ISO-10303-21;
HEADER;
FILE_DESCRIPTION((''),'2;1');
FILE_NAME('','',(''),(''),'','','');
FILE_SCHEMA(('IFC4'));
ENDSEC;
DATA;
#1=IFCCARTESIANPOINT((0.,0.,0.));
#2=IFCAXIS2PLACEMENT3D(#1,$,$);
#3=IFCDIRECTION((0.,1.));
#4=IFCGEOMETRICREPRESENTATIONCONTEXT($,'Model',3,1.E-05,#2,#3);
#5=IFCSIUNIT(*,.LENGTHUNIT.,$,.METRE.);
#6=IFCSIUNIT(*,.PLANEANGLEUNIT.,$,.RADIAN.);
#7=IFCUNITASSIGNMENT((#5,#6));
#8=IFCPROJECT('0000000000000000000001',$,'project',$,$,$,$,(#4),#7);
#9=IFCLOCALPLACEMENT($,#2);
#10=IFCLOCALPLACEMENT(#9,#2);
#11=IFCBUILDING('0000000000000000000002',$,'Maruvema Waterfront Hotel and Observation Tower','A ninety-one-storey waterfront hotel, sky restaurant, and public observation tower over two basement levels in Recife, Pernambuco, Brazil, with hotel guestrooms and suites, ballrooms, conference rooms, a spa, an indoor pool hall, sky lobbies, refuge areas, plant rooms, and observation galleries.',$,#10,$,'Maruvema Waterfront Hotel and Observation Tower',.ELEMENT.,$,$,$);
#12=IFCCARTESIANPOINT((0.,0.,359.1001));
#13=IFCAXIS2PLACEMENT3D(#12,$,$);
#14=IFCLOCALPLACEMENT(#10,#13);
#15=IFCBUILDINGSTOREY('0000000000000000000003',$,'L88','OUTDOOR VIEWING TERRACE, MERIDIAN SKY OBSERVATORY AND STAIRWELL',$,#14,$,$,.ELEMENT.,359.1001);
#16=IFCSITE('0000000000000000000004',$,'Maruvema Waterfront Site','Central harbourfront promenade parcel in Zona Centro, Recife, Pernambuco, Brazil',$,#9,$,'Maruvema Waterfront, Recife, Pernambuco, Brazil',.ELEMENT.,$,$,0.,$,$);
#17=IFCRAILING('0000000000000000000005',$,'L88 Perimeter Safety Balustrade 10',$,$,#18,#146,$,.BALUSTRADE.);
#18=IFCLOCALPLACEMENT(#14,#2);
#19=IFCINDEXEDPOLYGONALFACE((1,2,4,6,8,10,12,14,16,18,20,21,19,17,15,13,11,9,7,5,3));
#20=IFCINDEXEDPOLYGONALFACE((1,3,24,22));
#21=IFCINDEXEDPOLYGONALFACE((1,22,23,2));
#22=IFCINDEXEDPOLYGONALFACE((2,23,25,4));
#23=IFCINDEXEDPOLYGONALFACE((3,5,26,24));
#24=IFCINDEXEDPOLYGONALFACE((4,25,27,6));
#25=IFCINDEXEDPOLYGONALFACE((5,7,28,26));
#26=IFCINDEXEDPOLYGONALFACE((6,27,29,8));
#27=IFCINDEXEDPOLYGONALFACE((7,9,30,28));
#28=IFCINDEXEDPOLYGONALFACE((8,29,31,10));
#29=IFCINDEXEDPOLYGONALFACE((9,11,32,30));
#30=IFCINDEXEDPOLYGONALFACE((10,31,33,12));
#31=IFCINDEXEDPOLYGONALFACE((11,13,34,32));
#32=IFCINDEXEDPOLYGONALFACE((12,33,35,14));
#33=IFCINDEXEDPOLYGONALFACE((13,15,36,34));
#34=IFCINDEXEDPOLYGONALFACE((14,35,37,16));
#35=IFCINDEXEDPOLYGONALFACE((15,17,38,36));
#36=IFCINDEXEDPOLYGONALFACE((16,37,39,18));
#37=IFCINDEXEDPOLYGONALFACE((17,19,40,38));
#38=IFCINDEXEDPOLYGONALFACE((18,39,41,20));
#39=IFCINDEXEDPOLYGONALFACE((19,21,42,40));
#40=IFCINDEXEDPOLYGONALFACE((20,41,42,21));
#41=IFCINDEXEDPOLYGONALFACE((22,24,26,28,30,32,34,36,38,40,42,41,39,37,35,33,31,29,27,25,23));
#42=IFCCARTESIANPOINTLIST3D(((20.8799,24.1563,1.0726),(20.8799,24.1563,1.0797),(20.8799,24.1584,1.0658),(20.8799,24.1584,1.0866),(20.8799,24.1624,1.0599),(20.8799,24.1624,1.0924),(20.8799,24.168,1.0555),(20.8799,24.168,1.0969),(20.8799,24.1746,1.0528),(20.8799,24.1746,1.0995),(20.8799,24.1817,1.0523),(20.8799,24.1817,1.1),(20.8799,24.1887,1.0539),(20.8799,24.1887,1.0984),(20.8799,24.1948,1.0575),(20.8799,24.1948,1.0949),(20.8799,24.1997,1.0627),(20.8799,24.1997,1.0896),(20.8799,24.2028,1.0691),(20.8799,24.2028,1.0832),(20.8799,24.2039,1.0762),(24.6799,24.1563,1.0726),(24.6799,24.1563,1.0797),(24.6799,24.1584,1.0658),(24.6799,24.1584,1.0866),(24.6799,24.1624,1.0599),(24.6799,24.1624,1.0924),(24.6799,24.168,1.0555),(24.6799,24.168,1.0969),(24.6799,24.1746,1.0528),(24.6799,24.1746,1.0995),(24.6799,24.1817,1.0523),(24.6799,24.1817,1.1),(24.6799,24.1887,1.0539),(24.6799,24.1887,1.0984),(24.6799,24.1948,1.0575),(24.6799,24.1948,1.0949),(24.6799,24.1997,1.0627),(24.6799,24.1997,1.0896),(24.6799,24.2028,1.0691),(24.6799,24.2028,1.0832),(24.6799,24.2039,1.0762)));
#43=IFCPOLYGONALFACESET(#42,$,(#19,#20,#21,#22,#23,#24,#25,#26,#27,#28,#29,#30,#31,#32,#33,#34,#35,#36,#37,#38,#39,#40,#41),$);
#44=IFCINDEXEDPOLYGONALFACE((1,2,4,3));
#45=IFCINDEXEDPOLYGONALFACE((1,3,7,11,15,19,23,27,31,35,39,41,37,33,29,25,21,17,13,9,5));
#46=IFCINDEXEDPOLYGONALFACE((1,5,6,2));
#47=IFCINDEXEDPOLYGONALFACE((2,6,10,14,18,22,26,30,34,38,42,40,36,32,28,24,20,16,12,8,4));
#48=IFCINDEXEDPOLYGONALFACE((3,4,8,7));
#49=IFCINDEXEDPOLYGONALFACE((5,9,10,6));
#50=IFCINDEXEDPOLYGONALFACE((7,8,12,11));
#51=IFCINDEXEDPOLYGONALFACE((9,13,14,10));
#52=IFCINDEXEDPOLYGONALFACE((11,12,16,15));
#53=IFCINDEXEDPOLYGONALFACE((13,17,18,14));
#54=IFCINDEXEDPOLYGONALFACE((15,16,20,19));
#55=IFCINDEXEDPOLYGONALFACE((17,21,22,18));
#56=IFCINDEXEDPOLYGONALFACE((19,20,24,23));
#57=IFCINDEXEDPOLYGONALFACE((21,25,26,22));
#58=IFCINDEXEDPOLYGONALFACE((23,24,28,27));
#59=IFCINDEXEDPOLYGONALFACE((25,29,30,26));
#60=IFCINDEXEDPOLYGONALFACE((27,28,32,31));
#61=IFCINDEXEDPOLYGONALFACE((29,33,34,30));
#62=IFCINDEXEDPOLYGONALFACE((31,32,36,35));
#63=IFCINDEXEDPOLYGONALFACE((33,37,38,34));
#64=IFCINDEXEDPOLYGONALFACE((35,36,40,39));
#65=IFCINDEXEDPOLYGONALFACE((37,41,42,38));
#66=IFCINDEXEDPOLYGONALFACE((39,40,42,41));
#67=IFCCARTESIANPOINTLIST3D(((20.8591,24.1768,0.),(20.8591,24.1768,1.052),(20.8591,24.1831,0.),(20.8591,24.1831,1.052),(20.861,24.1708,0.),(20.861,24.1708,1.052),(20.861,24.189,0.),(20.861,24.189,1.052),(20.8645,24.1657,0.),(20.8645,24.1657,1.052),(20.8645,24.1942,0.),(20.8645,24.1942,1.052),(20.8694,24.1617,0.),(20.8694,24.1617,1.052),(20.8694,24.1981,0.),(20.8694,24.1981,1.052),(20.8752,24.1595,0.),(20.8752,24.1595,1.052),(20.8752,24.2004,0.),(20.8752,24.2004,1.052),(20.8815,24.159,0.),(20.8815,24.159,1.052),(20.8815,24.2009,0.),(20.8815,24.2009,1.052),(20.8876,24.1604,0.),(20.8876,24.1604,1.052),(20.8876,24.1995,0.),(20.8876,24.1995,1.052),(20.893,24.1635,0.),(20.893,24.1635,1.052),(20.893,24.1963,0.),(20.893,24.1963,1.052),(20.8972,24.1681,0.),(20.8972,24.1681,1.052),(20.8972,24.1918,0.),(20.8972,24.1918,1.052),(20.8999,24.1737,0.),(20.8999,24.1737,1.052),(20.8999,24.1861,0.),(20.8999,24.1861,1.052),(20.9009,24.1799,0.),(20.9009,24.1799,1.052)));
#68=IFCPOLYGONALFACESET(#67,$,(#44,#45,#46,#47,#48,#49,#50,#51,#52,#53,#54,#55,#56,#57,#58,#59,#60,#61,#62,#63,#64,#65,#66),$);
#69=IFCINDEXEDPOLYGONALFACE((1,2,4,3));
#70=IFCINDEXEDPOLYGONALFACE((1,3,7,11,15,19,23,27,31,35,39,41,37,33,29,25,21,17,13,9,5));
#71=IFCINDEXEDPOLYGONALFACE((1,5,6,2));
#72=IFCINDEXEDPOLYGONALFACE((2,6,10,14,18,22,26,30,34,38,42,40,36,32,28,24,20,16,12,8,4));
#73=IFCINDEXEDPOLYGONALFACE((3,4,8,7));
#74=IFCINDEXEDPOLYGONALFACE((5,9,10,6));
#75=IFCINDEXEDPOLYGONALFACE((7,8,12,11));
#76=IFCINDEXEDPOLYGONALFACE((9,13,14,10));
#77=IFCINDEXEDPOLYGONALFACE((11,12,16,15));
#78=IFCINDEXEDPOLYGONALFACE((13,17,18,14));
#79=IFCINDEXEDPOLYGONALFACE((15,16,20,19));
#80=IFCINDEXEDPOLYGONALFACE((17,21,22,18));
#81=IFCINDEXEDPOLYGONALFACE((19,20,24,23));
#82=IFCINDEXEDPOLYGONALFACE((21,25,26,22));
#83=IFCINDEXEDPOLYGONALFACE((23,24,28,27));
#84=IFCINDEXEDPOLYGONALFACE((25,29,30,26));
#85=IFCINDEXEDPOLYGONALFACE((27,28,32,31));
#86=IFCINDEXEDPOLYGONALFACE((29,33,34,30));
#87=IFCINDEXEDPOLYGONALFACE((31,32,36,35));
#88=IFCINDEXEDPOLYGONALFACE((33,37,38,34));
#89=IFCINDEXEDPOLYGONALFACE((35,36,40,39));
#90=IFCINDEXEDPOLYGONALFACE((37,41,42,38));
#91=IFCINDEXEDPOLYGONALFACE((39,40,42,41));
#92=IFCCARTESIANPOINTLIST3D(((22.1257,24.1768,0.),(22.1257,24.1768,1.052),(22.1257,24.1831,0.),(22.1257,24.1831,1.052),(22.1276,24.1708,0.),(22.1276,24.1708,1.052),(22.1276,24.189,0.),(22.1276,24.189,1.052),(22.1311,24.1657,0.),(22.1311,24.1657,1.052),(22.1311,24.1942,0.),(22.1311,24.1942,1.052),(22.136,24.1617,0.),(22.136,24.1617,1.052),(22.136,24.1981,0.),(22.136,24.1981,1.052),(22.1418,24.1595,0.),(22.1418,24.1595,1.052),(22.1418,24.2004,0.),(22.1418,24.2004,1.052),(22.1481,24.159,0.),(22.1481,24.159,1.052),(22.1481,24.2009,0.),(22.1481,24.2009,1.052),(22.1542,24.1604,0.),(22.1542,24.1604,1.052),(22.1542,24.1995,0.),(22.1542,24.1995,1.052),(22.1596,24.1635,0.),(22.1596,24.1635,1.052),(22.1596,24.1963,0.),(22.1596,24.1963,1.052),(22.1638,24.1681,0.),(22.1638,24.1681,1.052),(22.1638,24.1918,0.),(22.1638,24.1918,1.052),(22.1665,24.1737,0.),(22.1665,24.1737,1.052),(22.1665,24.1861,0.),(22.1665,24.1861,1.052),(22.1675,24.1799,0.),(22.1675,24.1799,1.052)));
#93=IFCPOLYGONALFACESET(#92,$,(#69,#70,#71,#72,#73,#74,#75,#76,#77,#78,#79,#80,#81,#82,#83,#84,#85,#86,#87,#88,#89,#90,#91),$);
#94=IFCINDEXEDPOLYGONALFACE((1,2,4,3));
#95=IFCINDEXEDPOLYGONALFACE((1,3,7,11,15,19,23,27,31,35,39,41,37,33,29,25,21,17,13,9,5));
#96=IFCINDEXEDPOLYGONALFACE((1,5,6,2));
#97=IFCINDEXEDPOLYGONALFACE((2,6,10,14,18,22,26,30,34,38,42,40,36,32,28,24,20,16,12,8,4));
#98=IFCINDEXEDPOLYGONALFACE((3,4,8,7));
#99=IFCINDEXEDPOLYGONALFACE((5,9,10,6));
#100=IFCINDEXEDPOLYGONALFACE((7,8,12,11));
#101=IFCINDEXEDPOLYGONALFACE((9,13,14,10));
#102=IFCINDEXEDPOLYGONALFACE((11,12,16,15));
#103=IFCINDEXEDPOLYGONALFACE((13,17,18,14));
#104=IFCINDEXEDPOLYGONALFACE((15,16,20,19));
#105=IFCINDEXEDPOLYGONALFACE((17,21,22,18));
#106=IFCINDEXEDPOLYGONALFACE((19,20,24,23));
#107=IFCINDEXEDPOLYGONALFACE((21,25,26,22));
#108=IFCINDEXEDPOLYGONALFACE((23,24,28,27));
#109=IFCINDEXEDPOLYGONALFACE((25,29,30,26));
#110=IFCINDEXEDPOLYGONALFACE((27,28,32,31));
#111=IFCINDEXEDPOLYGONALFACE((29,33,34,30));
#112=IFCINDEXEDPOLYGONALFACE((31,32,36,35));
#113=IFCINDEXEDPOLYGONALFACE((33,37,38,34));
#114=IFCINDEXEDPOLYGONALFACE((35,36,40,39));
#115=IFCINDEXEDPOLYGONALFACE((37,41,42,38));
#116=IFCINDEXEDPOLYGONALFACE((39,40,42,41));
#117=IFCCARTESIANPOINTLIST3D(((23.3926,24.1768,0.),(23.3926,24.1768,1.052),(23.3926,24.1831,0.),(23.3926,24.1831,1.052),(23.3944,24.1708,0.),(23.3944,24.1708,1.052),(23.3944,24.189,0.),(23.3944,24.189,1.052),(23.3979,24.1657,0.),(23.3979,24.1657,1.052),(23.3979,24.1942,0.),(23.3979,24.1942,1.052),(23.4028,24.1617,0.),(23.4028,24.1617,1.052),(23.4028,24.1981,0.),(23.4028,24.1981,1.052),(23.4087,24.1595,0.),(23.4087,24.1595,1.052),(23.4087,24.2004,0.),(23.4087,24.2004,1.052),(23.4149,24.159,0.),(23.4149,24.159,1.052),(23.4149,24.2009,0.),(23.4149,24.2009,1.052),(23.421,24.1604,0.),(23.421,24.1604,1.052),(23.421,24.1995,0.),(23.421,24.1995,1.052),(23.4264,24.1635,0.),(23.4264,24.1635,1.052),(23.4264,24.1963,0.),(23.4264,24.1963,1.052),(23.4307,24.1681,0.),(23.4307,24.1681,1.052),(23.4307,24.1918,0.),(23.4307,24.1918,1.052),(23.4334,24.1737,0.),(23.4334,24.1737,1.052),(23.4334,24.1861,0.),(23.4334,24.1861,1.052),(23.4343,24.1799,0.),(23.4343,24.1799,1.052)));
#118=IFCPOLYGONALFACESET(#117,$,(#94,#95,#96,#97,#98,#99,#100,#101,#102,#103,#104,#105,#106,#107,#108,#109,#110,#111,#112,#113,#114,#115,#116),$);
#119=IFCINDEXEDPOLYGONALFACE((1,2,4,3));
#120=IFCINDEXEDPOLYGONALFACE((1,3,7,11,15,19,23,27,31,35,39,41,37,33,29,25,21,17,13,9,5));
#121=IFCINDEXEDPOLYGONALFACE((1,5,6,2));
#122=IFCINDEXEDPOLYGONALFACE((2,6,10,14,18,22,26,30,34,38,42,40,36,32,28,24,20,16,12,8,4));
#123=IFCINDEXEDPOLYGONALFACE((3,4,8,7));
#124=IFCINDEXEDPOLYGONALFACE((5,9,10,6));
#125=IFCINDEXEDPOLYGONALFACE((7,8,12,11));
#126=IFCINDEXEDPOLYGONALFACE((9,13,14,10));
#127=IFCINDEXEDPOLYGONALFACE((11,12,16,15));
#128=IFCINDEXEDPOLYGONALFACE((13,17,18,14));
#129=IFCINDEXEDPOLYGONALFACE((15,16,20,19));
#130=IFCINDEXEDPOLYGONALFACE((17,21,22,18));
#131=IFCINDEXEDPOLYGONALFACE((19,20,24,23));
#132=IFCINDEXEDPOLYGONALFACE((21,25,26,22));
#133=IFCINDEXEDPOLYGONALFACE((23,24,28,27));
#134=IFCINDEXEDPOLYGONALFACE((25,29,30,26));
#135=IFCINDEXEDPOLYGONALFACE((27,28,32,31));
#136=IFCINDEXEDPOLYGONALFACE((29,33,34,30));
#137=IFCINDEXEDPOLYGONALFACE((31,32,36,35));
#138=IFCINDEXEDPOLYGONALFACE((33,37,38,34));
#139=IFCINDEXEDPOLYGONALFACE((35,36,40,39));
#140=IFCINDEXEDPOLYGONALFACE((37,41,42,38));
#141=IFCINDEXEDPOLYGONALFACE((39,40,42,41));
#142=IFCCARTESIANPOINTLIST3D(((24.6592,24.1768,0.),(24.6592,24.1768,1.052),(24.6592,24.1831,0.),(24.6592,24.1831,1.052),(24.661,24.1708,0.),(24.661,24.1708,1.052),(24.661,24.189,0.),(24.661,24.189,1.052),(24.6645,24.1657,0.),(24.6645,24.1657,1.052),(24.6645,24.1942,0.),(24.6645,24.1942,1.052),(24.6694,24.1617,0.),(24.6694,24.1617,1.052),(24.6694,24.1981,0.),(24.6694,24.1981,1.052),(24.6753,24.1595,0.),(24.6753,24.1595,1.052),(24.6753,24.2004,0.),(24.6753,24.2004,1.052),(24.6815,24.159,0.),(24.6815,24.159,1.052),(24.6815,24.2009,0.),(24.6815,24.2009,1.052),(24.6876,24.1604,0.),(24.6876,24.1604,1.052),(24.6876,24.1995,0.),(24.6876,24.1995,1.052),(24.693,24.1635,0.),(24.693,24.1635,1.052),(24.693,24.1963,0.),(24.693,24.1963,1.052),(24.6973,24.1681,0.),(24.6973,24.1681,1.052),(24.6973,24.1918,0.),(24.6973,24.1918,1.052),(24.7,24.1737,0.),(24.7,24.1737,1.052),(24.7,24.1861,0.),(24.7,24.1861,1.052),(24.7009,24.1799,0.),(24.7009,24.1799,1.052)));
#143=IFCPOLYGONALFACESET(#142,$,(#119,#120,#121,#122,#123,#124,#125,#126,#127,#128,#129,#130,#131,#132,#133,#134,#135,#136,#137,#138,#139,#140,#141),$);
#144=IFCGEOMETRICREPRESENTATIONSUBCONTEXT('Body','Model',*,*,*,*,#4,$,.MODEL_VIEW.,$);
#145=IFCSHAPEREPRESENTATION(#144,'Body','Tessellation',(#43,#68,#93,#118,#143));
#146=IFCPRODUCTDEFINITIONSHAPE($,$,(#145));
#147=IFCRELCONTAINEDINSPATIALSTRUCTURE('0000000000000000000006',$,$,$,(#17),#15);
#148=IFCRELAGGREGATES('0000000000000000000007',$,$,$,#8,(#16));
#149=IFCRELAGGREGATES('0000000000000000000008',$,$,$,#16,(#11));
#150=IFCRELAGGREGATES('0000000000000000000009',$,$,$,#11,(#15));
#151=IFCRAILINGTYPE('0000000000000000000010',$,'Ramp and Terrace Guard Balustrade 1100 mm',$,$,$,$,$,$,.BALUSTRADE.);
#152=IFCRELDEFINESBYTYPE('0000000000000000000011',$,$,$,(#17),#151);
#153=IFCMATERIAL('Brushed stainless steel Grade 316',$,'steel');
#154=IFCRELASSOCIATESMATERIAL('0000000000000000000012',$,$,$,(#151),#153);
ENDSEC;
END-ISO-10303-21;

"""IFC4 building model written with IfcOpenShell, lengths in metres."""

from ifc_helpers import new_model, si_unit, direction, frame, origin, origin_2d, place, context, subcontext, project, spatial, circle, extrude, material, type_object, element, save


model = new_model("IFC4")

# Units and contexts
model_context = context("Model", 3, precision=1e-05, world=origin(), true_north=direction((0.0, 1.0)))
body_context = subcontext(model_context, "Body", "Model", "MODEL_VIEW")
ifc_project = project(units=[si_unit("LENGTHUNIT", "METRE"), si_unit("PLANEANGLEUNIT", "RADIAN")], contexts=[model_context])

# Site, building, storey
site_placement = place(None, origin())
site = spatial("IfcSite", under=ifc_project, at=site_placement, Name="Maruvema Waterfront Site", Description="Central harbourfront promenade parcel in Zona Centro, Recife, Pernambuco, Brazil", LongName="Maruvema Waterfront, Recife, Pernambuco, Brazil", CompositionType="ELEMENT", RefElevation=0.0)
building_placement = place(site_placement, origin())
building = spatial("IfcBuilding", under=site, at=building_placement, Name="Maruvema Waterfront Hotel and Observation Tower", Description="A ninety-one-storey waterfront hotel, sky restaurant, and public observation tower over two basement levels in Recife, Pernambuco, Brazil, with hotel guestrooms and suites, ballrooms, conference rooms, a spa, an indoor pool hall, sky lobbies, refuge areas, plant rooms, and observation galleries.", LongName="Maruvema Waterfront Hotel and Observation Tower", CompositionType="ELEMENT")
storey_placement = place(building_placement, frame((0.0, 0.0, 359.1001)))
storey = spatial("IfcBuildingStorey", under=building, at=storey_placement, Name="L88", Description="OUTDOOR VIEWING TERRACE, MERIDIAN SKY OBSERVATORY AND STAIRWELL", CompositionType="ELEMENT", Elevation=359.1001)

# Railing
ifc_material_1 = material(Name="Brushed stainless steel Grade 316", Category="steel")
railing_type = type_object("IfcRailingType", Name="Ramp and Terrace Guard Balustrade 1100 mm", PredefinedType="BALUSTRADE", material=ifc_material_1)
railing_1_placement = place(storey_placement, frame((20.8799, 24.1799, 0.0)))
element("IfcRailing", 1, at=railing_1_placement, inside=storey, type_object=railing_type, Name="L88 Perimeter Safety Balustrade 10", PredefinedType="BALUSTRADE", context=body_context, shape_type="SweptSolid", body=[
    extrude(circle(Radius=0.0239, at=origin_2d()), frame((0.0, 0.0, 1.0762), z_axis=(1.0, 0.0, 0.0), x_axis=(0.0, 1.0, 0.0)), (0.0, 0.0, 1.0), 3.8),
    extrude(circle(Radius=0.021, at=origin_2d()), origin(), (0.0, 0.0, 1.0), 1.052),
    extrude(circle(Radius=0.021, at=origin_2d()), frame((1.2666, 0.0, 0.0)), (0.0, 0.0, 1.0), 1.052),
    extrude(circle(Radius=0.021, at=origin_2d()), frame((2.5334, 0.0, 0.0)), (0.0, 0.0, 1.0), 1.052),
    extrude(circle(Radius=0.021, at=origin_2d()), frame((3.8, 0.0, 0.0)), (0.0, 0.0, 1.0), 1.052),
])

save(model, "model.ifc")
